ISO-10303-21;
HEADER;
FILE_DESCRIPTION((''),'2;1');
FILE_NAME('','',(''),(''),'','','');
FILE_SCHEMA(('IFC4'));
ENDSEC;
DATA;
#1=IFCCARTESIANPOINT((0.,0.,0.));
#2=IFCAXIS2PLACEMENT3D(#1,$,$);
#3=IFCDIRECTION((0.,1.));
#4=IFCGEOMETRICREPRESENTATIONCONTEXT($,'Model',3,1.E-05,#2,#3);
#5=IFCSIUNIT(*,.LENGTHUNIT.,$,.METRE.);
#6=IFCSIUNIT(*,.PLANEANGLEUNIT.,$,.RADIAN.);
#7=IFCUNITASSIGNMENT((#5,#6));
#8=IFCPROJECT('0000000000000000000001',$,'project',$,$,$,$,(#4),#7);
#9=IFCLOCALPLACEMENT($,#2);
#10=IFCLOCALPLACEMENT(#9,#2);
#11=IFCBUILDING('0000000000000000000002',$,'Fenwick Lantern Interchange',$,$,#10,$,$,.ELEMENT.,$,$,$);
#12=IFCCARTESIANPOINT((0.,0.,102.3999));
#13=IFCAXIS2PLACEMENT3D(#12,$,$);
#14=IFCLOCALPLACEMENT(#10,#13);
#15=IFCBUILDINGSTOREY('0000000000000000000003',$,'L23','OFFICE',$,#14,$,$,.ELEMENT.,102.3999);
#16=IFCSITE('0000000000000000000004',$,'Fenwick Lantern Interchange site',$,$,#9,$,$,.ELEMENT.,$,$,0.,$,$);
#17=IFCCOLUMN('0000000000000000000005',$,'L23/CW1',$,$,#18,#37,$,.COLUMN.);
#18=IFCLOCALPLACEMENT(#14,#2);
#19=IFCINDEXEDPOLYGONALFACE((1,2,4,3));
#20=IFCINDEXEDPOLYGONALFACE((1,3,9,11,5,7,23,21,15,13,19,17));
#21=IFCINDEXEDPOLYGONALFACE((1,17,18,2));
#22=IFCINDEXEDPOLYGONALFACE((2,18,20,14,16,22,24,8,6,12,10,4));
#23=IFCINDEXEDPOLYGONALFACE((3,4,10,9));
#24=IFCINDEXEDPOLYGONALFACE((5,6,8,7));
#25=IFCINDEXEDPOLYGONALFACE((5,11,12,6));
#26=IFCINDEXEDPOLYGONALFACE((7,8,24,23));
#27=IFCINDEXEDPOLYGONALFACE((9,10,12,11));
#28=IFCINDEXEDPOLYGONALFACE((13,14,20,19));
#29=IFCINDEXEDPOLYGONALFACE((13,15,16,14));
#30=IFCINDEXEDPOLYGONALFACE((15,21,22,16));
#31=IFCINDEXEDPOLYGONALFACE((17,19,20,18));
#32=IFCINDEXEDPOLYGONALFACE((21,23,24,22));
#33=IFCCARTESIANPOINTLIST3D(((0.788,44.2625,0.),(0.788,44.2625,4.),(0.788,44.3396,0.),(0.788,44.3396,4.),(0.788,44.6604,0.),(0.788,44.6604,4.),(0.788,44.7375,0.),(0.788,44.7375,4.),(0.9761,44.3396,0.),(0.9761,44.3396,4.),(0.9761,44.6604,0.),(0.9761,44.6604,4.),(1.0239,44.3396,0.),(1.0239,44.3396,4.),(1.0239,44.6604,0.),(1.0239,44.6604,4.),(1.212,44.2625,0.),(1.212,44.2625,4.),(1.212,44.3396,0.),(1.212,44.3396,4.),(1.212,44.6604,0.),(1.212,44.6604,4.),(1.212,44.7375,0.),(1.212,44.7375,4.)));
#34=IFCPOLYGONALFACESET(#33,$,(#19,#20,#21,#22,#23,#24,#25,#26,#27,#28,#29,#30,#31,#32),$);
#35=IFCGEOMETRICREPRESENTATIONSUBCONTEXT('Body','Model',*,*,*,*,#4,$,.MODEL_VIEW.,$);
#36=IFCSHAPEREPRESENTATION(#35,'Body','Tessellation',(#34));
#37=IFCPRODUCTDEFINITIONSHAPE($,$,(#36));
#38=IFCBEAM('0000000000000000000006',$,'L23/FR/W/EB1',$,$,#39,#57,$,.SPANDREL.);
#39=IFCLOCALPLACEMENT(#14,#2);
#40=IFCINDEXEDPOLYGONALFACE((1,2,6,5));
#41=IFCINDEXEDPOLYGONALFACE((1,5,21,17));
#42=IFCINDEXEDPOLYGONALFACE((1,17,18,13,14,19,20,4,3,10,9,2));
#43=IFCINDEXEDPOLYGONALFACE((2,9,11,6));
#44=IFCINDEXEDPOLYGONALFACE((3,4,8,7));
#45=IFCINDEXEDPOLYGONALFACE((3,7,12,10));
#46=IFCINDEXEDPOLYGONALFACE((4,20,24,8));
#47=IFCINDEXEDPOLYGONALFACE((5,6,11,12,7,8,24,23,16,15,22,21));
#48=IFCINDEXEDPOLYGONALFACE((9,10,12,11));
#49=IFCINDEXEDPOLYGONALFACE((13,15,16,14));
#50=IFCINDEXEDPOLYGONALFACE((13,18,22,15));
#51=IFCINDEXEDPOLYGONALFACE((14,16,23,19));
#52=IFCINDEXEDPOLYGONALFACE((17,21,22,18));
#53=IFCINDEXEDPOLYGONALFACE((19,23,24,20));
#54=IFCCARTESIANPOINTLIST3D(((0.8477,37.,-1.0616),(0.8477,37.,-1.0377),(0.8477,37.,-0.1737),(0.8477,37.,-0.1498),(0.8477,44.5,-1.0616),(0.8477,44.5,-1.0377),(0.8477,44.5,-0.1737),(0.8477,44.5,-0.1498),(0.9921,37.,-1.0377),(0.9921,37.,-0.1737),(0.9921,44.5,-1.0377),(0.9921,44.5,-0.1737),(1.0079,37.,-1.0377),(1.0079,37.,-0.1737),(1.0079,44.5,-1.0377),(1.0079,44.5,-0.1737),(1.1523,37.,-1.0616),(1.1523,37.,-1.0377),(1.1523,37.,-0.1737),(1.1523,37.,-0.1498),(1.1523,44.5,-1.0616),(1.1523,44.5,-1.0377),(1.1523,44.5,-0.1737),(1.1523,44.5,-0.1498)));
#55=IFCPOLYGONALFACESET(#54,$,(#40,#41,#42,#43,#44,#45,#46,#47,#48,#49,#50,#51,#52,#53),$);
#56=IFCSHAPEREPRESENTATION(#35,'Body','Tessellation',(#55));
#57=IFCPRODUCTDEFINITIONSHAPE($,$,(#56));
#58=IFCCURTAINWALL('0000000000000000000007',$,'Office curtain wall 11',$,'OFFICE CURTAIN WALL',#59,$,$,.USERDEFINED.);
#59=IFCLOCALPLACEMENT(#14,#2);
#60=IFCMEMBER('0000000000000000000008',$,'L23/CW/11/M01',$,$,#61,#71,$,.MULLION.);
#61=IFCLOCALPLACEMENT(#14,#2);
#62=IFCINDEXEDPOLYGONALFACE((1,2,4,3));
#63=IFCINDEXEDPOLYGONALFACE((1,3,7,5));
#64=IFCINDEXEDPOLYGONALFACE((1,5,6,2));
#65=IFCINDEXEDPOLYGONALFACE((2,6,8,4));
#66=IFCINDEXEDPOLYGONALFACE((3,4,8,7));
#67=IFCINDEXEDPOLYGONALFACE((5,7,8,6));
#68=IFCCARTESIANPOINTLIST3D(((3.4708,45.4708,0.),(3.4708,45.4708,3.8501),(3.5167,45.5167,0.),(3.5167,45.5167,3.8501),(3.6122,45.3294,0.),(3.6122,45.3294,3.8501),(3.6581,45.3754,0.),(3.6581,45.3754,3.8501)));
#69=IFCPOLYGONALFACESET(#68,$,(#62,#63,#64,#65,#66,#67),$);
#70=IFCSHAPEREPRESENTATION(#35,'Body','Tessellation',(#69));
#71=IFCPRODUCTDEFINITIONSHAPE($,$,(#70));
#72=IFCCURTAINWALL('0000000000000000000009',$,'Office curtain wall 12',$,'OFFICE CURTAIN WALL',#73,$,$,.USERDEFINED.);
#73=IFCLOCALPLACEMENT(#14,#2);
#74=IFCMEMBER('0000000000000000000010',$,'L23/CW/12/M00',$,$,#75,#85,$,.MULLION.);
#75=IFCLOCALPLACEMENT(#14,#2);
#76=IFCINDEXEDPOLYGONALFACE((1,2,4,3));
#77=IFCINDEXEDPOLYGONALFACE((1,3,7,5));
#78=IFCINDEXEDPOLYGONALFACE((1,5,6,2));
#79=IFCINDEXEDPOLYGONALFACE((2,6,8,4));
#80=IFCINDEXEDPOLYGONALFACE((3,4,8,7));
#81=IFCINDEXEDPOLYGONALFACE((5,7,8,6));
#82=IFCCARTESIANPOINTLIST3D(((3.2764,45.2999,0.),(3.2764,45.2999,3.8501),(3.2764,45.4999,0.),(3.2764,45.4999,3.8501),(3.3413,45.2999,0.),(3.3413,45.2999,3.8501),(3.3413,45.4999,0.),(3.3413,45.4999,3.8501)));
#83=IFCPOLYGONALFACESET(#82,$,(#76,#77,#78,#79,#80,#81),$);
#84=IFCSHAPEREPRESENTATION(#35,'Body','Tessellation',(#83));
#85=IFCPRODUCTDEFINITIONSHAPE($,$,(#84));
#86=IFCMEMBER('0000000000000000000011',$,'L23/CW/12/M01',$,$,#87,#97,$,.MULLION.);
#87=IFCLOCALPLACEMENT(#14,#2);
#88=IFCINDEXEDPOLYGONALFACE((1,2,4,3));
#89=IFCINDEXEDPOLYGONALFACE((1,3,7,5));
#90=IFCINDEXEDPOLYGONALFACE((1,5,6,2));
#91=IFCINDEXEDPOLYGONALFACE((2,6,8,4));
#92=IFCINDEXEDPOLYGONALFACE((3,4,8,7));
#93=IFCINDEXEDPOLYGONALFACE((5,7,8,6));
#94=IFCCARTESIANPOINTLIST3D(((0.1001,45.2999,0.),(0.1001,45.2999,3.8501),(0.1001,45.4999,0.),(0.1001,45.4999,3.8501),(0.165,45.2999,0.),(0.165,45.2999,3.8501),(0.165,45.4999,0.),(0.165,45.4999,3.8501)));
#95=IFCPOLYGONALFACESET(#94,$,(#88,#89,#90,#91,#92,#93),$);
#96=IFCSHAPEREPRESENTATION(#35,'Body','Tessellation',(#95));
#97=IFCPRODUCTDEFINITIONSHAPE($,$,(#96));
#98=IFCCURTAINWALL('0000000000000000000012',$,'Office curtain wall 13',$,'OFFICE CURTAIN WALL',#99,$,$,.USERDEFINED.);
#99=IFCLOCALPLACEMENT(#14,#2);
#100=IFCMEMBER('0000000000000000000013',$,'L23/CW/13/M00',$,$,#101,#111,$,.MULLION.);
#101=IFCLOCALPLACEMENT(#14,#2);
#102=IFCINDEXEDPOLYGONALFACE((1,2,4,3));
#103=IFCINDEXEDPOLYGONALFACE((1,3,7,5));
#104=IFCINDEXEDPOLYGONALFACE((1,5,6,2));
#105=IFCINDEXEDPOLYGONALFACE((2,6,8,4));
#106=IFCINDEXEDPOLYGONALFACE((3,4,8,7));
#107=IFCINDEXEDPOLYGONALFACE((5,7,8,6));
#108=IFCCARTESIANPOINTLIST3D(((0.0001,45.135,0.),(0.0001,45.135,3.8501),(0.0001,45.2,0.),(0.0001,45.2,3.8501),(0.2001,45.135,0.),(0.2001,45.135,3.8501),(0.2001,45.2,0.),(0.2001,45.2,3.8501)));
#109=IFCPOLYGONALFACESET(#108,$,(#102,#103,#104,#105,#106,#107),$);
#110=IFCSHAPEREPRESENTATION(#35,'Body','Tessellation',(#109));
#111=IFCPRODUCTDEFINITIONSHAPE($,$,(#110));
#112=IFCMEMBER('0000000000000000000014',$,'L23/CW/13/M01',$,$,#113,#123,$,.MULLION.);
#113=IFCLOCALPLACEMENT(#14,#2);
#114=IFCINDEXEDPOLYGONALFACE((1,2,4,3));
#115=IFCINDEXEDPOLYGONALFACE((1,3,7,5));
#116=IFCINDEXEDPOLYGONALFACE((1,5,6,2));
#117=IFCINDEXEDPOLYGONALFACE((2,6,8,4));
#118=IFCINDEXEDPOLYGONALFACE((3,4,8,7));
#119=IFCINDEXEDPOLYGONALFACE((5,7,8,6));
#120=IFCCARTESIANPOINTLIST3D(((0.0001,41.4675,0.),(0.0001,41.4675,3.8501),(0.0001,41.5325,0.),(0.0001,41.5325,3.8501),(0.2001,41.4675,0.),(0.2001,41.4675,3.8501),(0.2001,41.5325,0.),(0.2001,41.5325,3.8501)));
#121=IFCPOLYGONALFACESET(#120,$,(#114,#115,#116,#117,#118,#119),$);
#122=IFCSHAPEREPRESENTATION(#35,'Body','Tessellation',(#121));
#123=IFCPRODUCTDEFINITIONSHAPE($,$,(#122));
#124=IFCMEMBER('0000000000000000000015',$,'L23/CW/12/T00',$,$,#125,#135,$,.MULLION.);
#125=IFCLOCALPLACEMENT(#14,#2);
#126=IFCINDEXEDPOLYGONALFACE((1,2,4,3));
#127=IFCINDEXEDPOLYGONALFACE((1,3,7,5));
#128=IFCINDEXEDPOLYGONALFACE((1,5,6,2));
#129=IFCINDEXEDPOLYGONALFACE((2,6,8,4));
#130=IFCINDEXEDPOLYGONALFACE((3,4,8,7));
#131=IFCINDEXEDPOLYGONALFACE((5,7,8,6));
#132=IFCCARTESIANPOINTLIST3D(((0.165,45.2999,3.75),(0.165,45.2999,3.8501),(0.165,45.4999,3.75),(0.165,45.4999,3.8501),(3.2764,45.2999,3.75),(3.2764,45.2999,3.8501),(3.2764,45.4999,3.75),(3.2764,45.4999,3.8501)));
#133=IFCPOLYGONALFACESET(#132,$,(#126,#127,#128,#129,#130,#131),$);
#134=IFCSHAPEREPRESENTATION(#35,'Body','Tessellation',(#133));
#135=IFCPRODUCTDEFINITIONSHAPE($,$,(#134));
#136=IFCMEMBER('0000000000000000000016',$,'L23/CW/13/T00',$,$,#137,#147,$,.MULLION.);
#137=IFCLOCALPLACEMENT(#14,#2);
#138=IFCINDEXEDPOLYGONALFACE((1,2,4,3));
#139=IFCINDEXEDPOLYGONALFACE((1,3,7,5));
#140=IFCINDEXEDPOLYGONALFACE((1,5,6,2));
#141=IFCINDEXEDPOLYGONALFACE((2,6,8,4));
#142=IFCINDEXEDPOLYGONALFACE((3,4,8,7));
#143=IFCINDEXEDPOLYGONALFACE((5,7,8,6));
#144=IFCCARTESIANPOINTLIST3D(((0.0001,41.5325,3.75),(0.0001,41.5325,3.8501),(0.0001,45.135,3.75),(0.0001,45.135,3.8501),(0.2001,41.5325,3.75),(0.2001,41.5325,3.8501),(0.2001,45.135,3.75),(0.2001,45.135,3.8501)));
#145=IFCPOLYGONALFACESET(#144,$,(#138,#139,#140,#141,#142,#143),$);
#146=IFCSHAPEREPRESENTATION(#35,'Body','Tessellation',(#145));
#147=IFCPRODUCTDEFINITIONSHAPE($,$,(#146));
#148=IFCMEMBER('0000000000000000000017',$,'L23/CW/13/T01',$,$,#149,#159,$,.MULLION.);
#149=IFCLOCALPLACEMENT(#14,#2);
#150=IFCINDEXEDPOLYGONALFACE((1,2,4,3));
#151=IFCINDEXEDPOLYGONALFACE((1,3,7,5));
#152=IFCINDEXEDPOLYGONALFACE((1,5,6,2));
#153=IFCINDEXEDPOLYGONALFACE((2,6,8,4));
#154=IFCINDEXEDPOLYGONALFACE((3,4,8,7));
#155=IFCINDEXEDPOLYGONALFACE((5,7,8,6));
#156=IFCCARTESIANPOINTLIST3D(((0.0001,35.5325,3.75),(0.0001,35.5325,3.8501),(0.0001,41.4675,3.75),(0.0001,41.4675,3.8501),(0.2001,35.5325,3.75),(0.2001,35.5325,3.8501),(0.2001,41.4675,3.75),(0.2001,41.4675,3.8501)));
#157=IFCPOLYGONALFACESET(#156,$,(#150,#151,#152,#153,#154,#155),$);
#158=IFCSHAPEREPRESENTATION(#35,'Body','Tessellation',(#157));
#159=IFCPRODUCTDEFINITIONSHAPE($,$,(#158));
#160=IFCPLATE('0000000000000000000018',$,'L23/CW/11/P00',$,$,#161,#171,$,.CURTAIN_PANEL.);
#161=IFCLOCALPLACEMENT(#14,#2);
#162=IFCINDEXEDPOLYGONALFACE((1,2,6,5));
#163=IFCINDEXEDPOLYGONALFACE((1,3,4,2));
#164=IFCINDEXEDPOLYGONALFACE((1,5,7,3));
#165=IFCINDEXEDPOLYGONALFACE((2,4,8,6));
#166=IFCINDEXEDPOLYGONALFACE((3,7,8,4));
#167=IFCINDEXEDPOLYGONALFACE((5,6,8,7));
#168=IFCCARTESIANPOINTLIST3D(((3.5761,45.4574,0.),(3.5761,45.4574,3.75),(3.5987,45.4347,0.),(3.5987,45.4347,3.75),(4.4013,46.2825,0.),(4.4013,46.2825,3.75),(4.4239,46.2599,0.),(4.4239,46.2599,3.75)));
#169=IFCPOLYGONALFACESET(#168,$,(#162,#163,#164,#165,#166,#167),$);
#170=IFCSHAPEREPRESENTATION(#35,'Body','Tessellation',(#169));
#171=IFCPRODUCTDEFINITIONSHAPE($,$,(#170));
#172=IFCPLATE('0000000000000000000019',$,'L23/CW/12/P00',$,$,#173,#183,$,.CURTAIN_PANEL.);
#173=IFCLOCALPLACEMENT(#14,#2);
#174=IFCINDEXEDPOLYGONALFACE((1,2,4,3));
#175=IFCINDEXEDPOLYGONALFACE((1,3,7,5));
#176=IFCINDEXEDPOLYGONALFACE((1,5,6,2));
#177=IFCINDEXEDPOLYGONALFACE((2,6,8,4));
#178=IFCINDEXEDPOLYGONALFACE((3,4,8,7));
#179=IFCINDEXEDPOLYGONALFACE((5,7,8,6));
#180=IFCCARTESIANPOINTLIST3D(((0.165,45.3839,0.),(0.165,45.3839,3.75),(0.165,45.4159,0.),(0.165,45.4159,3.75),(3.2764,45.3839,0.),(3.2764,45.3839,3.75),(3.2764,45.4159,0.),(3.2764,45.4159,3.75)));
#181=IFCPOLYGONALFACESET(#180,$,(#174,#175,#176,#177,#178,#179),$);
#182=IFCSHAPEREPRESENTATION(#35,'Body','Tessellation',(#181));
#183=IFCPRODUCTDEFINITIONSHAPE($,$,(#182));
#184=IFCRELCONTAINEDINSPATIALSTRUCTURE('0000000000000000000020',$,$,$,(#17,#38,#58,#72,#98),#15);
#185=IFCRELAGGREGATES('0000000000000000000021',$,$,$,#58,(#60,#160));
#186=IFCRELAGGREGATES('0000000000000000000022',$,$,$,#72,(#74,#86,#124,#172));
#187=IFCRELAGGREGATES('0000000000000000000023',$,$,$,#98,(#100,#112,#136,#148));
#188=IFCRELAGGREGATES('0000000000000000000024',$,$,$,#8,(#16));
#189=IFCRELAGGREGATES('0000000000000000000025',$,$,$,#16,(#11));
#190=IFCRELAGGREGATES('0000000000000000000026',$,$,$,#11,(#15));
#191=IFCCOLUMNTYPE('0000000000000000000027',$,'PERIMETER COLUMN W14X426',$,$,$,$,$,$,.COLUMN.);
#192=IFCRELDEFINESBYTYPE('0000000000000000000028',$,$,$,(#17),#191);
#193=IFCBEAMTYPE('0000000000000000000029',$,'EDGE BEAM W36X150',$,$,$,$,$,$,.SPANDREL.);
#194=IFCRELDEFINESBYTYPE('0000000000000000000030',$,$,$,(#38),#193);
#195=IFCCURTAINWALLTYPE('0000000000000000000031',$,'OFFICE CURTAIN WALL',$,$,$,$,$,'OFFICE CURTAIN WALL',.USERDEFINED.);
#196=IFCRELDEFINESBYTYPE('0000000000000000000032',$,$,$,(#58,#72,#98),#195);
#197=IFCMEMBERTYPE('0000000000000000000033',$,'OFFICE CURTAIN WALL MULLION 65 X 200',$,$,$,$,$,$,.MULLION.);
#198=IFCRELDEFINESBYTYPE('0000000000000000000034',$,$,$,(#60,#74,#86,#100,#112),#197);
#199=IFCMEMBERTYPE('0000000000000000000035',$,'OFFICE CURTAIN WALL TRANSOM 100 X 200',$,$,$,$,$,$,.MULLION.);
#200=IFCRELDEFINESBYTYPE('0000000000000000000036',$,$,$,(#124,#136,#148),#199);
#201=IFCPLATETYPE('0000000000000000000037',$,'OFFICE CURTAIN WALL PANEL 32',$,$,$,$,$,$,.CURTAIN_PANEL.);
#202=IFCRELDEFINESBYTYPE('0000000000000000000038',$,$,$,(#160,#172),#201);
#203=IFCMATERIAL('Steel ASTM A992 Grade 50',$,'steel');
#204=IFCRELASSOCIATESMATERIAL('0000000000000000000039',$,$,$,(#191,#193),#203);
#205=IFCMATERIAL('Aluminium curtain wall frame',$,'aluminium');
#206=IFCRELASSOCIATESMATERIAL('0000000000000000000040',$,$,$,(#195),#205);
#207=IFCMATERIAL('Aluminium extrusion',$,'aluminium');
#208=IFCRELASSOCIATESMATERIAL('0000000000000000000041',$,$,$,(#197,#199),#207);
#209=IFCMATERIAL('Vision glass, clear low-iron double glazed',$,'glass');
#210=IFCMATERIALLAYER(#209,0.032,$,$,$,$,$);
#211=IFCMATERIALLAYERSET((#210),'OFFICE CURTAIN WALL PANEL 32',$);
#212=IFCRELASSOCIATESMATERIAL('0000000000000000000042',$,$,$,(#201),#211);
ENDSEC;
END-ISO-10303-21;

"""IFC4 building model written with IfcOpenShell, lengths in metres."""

from ifc_helpers import new_model, si_unit, direction, frame, origin, origin_2d, place, context, subcontext, project, spatial, rectangle, i_section, extrude, material, layer, layer_set, material_profile, profile_set, type_object, element, aggregate, save


model = new_model("IFC4")

# Units and contexts
model_context = context("Model", 3, precision=1e-05, world=origin(), true_north=direction((0.0, 1.0)))
body_context = subcontext(model_context, "Body", "Model", "MODEL_VIEW")
ifc_project = project(units=[si_unit("LENGTHUNIT", "METRE"), si_unit("PLANEANGLEUNIT", "RADIAN")], contexts=[model_context])

# Site, building, storey
site_placement = place(None, origin())
site = spatial("IfcSite", under=ifc_project, at=site_placement, Name="Fenwick Lantern Interchange site", CompositionType="ELEMENT", RefElevation=0.0)
building_placement = place(site_placement, origin())
building = spatial("IfcBuilding", under=site, at=building_placement, Name="Fenwick Lantern Interchange", CompositionType="ELEMENT")
storey_placement = place(building_placement, frame((0.0, 0.0, 102.3999)))
storey = spatial("IfcBuildingStorey", under=building, at=storey_placement, Name="L23", Description="OFFICE", CompositionType="ELEMENT", Elevation=102.3999)

# Column
ifc_material_1 = material(Name="Steel ASTM A992 Grade 50", Category="steel")
ifc_material_profile_1 = material_profile(ifc_material_1, i_section(OverallWidth=0.4241, OverallDepth=0.4751, WebThickness=0.0479, FlangeThickness=0.0771, at=origin_2d()), Name="W14X426")
ifc_profile_set_1 = profile_set([ifc_material_profile_1], Name="Steel ASTM A992 Grade 50")
column_type = type_object("IfcColumnType", Name="PERIMETER COLUMN W14X426", PredefinedType="COLUMN", material=ifc_profile_set_1)
column_placement = place(storey_placement, frame((1.0, 44.5, 0.0), z_axis=(0.0, 0.0, 1.0), x_axis=(1.0, 0.0, 0.0)))
element("IfcColumn", 1, at=column_placement, inside=storey, type_object=column_type, Name="L23/CW1", PredefinedType="COLUMN", context=body_context, shape_type="SweptSolid", body=[
    extrude(i_section(OverallWidth=0.4241, OverallDepth=0.4751, WebThickness=0.0479, FlangeThickness=0.0771, at=origin_2d()), origin(), (0.0, 0.0, 1.0), 4.0),
])

# Beam
ifc_material_profile_2 = material_profile(ifc_material_1, i_section(OverallWidth=0.3047, OverallDepth=0.9119, WebThickness=0.0159, FlangeThickness=0.0239, at=origin_2d()), Name="W36X150")
ifc_profile_set_2 = profile_set([ifc_material_profile_2], Name="Steel ASTM A992 Grade 50")
beam_type = type_object("IfcBeamType", Name="EDGE BEAM W36X150", PredefinedType="SPANDREL", material=ifc_profile_set_2)
beam_placement = place(storey_placement, frame((1.0, 44.5, -0.6057), z_axis=(0.0, -1.0, 0.0), x_axis=(1.0, 0.0, 0.0)))
element("IfcBeam", 2, at=beam_placement, inside=storey, type_object=beam_type, Name="L23/FR/W/EB1", PredefinedType="SPANDREL", context=body_context, shape_type="SweptSolid", body=[
    extrude(i_section(OverallWidth=0.3047, OverallDepth=0.9119, WebThickness=0.0159, FlangeThickness=0.0239, at=origin_2d()), origin(), (0.0, 0.0, 1.0), 7.5),
])

# Curtain wall, member
ifc_material_2 = material(Name="Aluminium curtain wall frame", Category="aluminium")
curtain_wall_type = type_object("IfcCurtainWallType", Name="OFFICE CURTAIN WALL", ElementType="OFFICE CURTAIN WALL", PredefinedType="USERDEFINED", material=ifc_material_2)
curtain_wall_1_placement = place(storey_placement, origin())
curtain_wall_1 = element("IfcCurtainWall", 3, at=curtain_wall_1_placement, inside=storey, type_object=curtain_wall_type, Name="Office curtain wall 11", ObjectType="OFFICE CURTAIN WALL", PredefinedType="USERDEFINED")
ifc_material_3 = material(Name="Aluminium extrusion", Category="aluminium")
ifc_material_profile_3 = material_profile(ifc_material_3, rectangle(XDim=0.2, YDim=0.0649, at=origin_2d()), Name="OFFICE CURTAIN WALL MULLION 65 X 200")
ifc_profile_set_3 = profile_set([ifc_material_profile_3], Name="Aluminium extrusion")
member_type_1 = type_object("IfcMemberType", Name="OFFICE CURTAIN WALL MULLION 65 X 200", PredefinedType="MULLION", material=ifc_profile_set_3)
member_1_placement = place(storey_placement, frame((3.5645, 45.4231, 0.0), z_axis=(0.0, 0.0, 1.0), x_axis=(0.707107, -0.707107, 0.0)))
member_1 = element("IfcMember", 4, at=member_1_placement, type_object=member_type_1, Name="L23/CW/11/M01", PredefinedType="MULLION", context=body_context, shape_type="SweptSolid", body=[
    extrude(rectangle(XDim=0.2, YDim=0.0649, at=origin_2d()), origin(), (0.0, 0.0, 1.0), 3.8501),
])

# Curtain walls, members
curtain_wall_2_placement = place(storey_placement, origin())
curtain_wall_2 = element("IfcCurtainWall", 5, at=curtain_wall_2_placement, inside=storey, type_object=curtain_wall_type, Name="Office curtain wall 12", ObjectType="OFFICE CURTAIN WALL", PredefinedType="USERDEFINED")
member_2_placement = place(storey_placement, frame((3.3088, 45.3999, 0.0), z_axis=(0.0, 0.0, 1.0), x_axis=(0.0, -1.0, 0.0)))
member_2 = element("IfcMember", 6, at=member_2_placement, type_object=member_type_1, Name="L23/CW/12/M00", PredefinedType="MULLION", context=body_context, shape_type="SweptSolid", body=[
    extrude(rectangle(XDim=0.2, YDim=0.0649, at=origin_2d()), origin(), (0.0, 0.0, 1.0), 3.8501),
])
member_3_placement = place(storey_placement, frame((0.1326, 45.3999, 0.0), z_axis=(0.0, 0.0, 1.0), x_axis=(0.0, -1.0, 0.0)))
member_3 = element("IfcMember", 7, at=member_3_placement, type_object=member_type_1, Name="L23/CW/12/M01", PredefinedType="MULLION", context=body_context, shape_type="SweptSolid", body=[
    extrude(rectangle(XDim=0.2, YDim=0.0649, at=origin_2d()), origin(), (0.0, 0.0, 1.0), 3.8501),
])
curtain_wall_3_placement = place(storey_placement, origin())
curtain_wall_3 = element("IfcCurtainWall", 8, at=curtain_wall_3_placement, inside=storey, type_object=curtain_wall_type, Name="Office curtain wall 13", ObjectType="OFFICE CURTAIN WALL", PredefinedType="USERDEFINED")
member_4_placement = place(storey_placement, frame((0.1001, 45.1675, 0.0), z_axis=(0.0, 0.0, 1.0), x_axis=(1.0, 0.0, 0.0)))
member_4 = element("IfcMember", 9, at=member_4_placement, type_object=member_type_1, Name="L23/CW/13/M00", PredefinedType="MULLION", context=body_context, shape_type="SweptSolid", body=[
    extrude(rectangle(XDim=0.2, YDim=0.0649, at=origin_2d()), origin(), (0.0, 0.0, 1.0), 3.8501),
])
member_5_placement = place(storey_placement, frame((0.1001, 41.5, 0.0), z_axis=(0.0, 0.0, 1.0), x_axis=(1.0, 0.0, 0.0)))
member_5 = element("IfcMember", 10, at=member_5_placement, type_object=member_type_1, Name="L23/CW/13/M01", PredefinedType="MULLION", context=body_context, shape_type="SweptSolid", body=[
    extrude(rectangle(XDim=0.2, YDim=0.0649, at=origin_2d()), origin(), (0.0, 0.0, 1.0), 3.8501),
])

# Members
ifc_material_profile_4 = material_profile(ifc_material_3, rectangle(XDim=0.2, YDim=0.1001, at=origin_2d()), Name="OFFICE CURTAIN WALL TRANSOM 100 X 200")
ifc_profile_set_4 = profile_set([ifc_material_profile_4], Name="Aluminium extrusion")
member_type_2 = type_object("IfcMemberType", Name="OFFICE CURTAIN WALL TRANSOM 100 X 200", PredefinedType="MULLION", material=ifc_profile_set_4)
member_6_placement = place(storey_placement, frame((3.2764, 45.3999, 3.8), z_axis=(-1.0, 0.0, 0.0), x_axis=(0.0, -1.0, 0.0)))
member_6 = element("IfcMember", 11, at=member_6_placement, type_object=member_type_2, Name="L23/CW/12/T00", PredefinedType="MULLION", context=body_context, shape_type="SweptSolid", body=[
    extrude(rectangle(XDim=0.2, YDim=0.1001, at=origin_2d()), origin(), (0.0, 0.0, 1.0), 3.1113),
])
member_7_placement = place(storey_placement, frame((0.1001, 45.135, 3.8), z_axis=(0.0, -1.0, 0.0), x_axis=(1.0, 0.0, 0.0)))
member_7 = element("IfcMember", 12, at=member_7_placement, type_object=member_type_2, Name="L23/CW/13/T00", PredefinedType="MULLION", context=body_context, shape_type="SweptSolid", body=[
    extrude(rectangle(XDim=0.2, YDim=0.1001, at=origin_2d()), origin(), (0.0, 0.0, 1.0), 3.6025),
])
member_8_placement = place(storey_placement, frame((0.1001, 41.4675, 3.8), z_axis=(0.0, -1.0, 0.0), x_axis=(1.0, 0.0, 0.0)))
member_8 = element("IfcMember", 13, at=member_8_placement, type_object=member_type_2, Name="L23/CW/13/T01", PredefinedType="MULLION", context=body_context, shape_type="SweptSolid", body=[
    extrude(rectangle(XDim=0.2, YDim=0.1001, at=origin_2d()), origin(), (0.0, 0.0, 1.0), 5.9351),
])

# Plates
ifc_material_4 = material(Name="Vision glass, clear low-iron double glazed", Category="glass")
ifc_layer_1 = layer(ifc_material_4, 0.032)
ifc_layer_set_1 = layer_set([ifc_layer_1], Name="OFFICE CURTAIN WALL PANEL 32")
plate_type = type_object("IfcPlateType", Name="OFFICE CURTAIN WALL PANEL 32", PredefinedType="CURTAIN_PANEL", material=ifc_layer_set_1)
plate_1_placement = place(storey_placement, frame((4.0, 45.8586, 0.0), z_axis=(0.0, 0.0, 1.0), x_axis=(-0.707107, -0.707107, 0.0)))
plate_1 = element("IfcPlate", 14, at=plate_1_placement, type_object=plate_type, Name="L23/CW/11/P00", PredefinedType="CURTAIN_PANEL", context=body_context, shape_type="SweptSolid", body=[
    extrude(rectangle(XDim=1.167, YDim=0.032, at=origin_2d()), origin(), (0.0, 0.0, 1.0), 3.75),
])
aggregate(curtain_wall_1, [member_1, plate_1])
plate_2_placement = place(storey_placement, frame((1.7207, 45.3999, 0.0), z_axis=(0.0, 0.0, 1.0), x_axis=(-1.0, 0.0, 0.0)))
plate_2 = element("IfcPlate", 15, at=plate_2_placement, type_object=plate_type, Name="L23/CW/12/P00", PredefinedType="CURTAIN_PANEL", context=body_context, shape_type="SweptSolid", body=[
    extrude(rectangle(XDim=3.1113, YDim=0.032, at=origin_2d()), origin(), (0.0, 0.0, 1.0), 3.75),
])
aggregate(curtain_wall_2, [member_2, member_3, member_6, plate_2])
aggregate(curtain_wall_3, [member_4, member_5, member_7, member_8])

save(model, "model.ifc")
